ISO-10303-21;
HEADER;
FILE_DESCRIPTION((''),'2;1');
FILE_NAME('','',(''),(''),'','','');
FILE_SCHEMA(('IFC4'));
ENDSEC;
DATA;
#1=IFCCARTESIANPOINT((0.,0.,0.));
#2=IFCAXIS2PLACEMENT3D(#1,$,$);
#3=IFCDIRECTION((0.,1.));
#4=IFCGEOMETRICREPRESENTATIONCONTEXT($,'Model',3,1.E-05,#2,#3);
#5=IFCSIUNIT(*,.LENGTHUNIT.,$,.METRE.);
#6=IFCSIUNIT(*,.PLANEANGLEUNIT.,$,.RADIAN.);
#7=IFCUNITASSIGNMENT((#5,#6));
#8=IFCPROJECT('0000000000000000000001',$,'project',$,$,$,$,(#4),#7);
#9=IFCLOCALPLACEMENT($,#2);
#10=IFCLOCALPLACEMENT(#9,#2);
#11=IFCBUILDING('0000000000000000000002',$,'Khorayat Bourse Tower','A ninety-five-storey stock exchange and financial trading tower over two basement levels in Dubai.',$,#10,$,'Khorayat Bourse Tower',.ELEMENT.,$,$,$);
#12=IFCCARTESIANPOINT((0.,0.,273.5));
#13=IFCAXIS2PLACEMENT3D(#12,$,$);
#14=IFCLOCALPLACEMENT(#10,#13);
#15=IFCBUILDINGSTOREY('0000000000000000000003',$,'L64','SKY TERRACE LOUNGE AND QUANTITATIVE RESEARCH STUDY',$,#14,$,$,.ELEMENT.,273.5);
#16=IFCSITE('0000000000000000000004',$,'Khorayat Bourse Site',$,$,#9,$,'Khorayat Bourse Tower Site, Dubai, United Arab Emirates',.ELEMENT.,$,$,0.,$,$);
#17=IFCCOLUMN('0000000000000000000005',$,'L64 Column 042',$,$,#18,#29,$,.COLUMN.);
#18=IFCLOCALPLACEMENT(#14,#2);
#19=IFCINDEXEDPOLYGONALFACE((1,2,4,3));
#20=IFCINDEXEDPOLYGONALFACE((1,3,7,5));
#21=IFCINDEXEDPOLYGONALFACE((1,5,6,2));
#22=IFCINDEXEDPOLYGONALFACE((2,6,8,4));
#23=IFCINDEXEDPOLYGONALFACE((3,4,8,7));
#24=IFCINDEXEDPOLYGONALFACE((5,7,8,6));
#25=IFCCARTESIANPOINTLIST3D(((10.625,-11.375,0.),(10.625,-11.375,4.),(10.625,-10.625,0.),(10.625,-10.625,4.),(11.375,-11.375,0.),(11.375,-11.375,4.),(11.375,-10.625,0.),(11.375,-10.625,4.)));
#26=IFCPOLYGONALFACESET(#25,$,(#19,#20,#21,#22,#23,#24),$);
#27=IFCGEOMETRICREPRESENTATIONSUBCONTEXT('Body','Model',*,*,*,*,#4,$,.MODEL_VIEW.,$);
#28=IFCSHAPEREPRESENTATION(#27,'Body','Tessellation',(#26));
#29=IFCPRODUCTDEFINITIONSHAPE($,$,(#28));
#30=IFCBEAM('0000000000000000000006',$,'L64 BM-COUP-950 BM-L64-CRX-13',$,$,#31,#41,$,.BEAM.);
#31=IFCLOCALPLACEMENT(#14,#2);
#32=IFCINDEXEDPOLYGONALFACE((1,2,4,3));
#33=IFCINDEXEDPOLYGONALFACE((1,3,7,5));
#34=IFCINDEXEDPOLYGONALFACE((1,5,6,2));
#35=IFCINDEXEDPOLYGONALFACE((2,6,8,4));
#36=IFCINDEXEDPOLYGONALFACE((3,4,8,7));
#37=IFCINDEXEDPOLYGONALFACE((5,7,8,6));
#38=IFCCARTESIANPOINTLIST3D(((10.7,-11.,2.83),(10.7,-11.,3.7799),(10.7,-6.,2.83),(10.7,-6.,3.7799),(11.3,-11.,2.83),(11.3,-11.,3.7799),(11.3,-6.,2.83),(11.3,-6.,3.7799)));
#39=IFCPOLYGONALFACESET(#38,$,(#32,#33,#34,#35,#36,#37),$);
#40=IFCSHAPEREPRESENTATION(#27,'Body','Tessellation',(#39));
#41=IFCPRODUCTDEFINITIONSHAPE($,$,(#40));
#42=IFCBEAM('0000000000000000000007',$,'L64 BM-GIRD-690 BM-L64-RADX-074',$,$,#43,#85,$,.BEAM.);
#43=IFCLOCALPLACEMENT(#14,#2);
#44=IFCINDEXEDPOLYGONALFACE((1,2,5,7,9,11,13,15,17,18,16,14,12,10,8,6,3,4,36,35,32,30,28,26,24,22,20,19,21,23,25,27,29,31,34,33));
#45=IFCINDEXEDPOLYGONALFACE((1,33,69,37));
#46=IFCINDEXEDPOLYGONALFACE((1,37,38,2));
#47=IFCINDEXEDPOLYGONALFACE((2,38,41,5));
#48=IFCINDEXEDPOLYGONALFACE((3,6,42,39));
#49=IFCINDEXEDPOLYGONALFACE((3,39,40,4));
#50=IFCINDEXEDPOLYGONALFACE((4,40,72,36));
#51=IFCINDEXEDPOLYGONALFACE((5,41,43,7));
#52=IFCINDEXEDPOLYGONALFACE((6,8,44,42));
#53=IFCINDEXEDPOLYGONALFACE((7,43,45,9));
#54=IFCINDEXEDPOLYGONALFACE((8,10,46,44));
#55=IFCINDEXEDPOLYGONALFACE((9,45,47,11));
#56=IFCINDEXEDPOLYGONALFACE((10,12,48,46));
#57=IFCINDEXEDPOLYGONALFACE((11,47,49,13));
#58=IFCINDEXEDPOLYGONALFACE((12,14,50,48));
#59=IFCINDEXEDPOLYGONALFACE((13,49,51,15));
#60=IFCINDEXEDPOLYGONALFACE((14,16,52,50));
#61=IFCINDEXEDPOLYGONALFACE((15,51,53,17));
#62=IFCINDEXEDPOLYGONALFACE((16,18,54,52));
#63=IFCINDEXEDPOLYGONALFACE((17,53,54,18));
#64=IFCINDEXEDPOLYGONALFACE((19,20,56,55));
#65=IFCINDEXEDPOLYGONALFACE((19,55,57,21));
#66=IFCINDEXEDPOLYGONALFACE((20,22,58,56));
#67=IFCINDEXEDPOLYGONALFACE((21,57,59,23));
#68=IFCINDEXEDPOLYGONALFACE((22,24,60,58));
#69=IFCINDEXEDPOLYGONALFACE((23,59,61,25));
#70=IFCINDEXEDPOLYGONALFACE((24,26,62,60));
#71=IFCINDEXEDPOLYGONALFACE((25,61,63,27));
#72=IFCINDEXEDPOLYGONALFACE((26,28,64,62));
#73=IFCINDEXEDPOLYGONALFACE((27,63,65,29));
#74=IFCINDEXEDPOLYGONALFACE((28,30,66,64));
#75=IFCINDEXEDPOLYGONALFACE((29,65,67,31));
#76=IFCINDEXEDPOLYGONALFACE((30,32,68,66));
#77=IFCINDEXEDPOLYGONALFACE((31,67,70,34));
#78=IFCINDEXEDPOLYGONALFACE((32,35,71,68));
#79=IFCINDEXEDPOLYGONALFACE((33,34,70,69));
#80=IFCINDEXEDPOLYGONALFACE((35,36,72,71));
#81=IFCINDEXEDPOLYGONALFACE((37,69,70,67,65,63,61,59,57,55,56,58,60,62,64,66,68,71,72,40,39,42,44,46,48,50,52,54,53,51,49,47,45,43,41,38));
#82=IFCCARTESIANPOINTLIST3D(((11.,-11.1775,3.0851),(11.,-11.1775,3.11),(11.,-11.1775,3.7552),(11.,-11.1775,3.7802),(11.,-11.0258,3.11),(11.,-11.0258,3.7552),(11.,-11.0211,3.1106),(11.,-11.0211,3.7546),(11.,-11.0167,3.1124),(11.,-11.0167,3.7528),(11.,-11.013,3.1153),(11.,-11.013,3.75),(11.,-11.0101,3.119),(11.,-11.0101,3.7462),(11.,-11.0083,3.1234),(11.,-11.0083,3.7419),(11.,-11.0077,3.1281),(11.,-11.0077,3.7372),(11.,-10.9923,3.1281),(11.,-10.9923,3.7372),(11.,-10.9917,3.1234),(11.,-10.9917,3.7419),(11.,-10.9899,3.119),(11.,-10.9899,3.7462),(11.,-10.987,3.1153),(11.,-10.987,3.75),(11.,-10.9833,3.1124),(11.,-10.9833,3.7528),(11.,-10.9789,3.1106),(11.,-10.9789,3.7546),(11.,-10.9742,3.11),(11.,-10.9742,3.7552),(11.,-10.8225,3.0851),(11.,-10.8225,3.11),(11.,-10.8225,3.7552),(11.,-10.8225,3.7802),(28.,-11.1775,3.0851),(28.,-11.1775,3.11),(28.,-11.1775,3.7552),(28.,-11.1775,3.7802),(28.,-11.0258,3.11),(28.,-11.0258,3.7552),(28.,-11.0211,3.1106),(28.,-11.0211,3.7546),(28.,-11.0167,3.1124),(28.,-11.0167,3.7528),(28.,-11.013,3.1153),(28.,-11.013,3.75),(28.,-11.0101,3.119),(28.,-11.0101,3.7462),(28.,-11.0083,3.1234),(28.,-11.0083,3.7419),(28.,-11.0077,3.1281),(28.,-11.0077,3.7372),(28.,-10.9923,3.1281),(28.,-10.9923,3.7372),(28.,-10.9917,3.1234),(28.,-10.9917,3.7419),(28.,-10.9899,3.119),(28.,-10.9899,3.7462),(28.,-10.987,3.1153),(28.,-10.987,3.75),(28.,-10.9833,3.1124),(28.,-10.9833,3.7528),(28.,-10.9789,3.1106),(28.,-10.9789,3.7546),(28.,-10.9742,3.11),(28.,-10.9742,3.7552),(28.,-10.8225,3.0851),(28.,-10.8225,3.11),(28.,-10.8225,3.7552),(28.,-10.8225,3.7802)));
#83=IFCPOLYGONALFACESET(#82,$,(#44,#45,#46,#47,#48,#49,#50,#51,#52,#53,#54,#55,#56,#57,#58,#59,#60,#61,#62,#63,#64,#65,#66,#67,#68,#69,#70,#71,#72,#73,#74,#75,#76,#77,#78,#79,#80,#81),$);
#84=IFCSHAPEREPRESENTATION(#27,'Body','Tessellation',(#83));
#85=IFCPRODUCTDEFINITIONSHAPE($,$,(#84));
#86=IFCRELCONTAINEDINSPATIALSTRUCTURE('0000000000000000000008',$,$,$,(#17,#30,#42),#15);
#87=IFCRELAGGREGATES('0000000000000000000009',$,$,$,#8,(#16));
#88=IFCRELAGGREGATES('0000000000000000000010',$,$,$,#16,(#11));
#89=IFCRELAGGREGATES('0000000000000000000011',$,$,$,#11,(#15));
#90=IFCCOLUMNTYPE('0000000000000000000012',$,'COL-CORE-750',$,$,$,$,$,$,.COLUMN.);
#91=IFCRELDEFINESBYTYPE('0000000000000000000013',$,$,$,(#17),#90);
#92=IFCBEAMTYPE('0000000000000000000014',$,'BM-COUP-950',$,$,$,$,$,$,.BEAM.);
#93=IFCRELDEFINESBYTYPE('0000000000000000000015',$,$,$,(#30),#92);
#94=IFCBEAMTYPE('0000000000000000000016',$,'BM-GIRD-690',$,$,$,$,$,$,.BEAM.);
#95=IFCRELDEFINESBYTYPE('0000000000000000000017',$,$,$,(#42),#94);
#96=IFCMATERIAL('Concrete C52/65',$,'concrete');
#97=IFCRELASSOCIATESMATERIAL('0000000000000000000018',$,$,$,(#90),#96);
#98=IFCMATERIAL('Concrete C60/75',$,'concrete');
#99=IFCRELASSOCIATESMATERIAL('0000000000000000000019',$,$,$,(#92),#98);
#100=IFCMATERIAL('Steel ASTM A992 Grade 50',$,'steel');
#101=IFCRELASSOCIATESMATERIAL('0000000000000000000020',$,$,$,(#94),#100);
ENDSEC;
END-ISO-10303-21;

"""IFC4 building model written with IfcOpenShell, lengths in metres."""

from ifc_helpers import new_model, si_unit, direction, frame, origin, origin_2d, place, context, subcontext, project, spatial, rectangle, i_section, extrude, source, transform, mapped, material, material_profile, profile_set, type_object, element, save


model = new_model("IFC4")

# Units and contexts
model_context = context("Model", 3, precision=1e-05, world=origin(), true_north=direction((0.0, 1.0)))
body_context = subcontext(model_context, "Body", "Model", "MODEL_VIEW")
ifc_project = project(units=[si_unit("LENGTHUNIT", "METRE"), si_unit("PLANEANGLEUNIT", "RADIAN")], contexts=[model_context])

# Site, building, storey
site_placement = place(None, origin())
site = spatial("IfcSite", under=ifc_project, at=site_placement, Name="Khorayat Bourse Site", LongName="Khorayat Bourse Tower Site, Dubai, United Arab Emirates", CompositionType="ELEMENT", RefElevation=0.0)
building_placement = place(site_placement, origin())
building = spatial("IfcBuilding", under=site, at=building_placement, Name="Khorayat Bourse Tower", Description="A ninety-five-storey stock exchange and financial trading tower over two basement levels in Dubai.", LongName="Khorayat Bourse Tower", CompositionType="ELEMENT")
storey_placement = place(building_placement, frame((0.0, 0.0, 273.5)))
storey = spatial("IfcBuildingStorey", under=building, at=storey_placement, Name="L64", Description="SKY TERRACE LOUNGE AND QUANTITATIVE RESEARCH STUDY", CompositionType="ELEMENT", Elevation=273.5)

# Column
ifc_material_1 = material(Name="Concrete C52/65", Category="concrete")
ifc_material_profile_1 = material_profile(ifc_material_1, rectangle(XDim=0.75, YDim=0.75, at=origin_2d()), Name="RC 750x750")
ifc_profile_set_1 = profile_set([ifc_material_profile_1], Name="Concrete C52/65")
column_type = type_object("IfcColumnType", Name="COL-CORE-750", PredefinedType="COLUMN", material=ifc_profile_set_1)
shared_shape_1 = source(origin(), body_context, "Body", "SweptSolid", [
    extrude(rectangle(XDim=0.75, YDim=0.75, at=origin_2d()), origin(), (0.0, 0.0, 1.0), 4.0),
])
column_placement = place(storey_placement, frame((11.0, -11.0, 0.0), z_axis=(0.0, 0.0, 1.0), x_axis=(1.0, 0.0, 0.0)))
element("IfcColumn", 1, at=column_placement, inside=storey, type_object=column_type, Name="L64 Column 042", PredefinedType="COLUMN", context=body_context, shape_type="MappedRepresentation", body=[
    mapped(shared_shape_1, transform((0.0, 0.0, 0.0), scale=1.0)),
])

# Beams
ifc_material_2 = material(Name="Concrete C60/75", Category="concrete")
ifc_material_profile_2 = material_profile(ifc_material_2, rectangle(XDim=0.6001, YDim=0.95, at=origin_2d()), Name="RC 600x950")
ifc_profile_set_2 = profile_set([ifc_material_profile_2], Name="Concrete C60/75")
beam_type_1 = type_object("IfcBeamType", Name="BM-COUP-950", PredefinedType="BEAM", material=ifc_profile_set_2)
shared_shape_2 = source(origin(), body_context, "Body", "SweptSolid", [
    extrude(rectangle(XDim=0.6001, YDim=0.95, at=origin_2d()), origin(), (0.0, 0.0, 1.0), 5.0),
])
beam_1_placement = place(storey_placement, frame((11.0, -11.0, 3.3049), z_axis=(0.0, 1.0, 0.0), x_axis=(-1.0, 0.0, 0.0)))
element("IfcBeam", 2, at=beam_1_placement, inside=storey, type_object=beam_type_1, Name="L64 BM-COUP-950 BM-L64-CRX-13", PredefinedType="BEAM", context=body_context, shape_type="MappedRepresentation", body=[
    mapped(shared_shape_2, transform((0.0, 0.0, 0.0), scale=1.0)),
])
ifc_material_3 = material(Name="Steel ASTM A992 Grade 50", Category="steel")
ifc_material_profile_3 = material_profile(ifc_material_3, i_section(OverallWidth=0.355, OverallDepth=0.6951, WebThickness=0.0154, FlangeThickness=0.0249, FilletRadius=0.0181, at=origin_2d()), Name="W690X217")
ifc_profile_set_3 = profile_set([ifc_material_profile_3], Name="Steel ASTM A992 Grade 50")
beam_type_2 = type_object("IfcBeamType", Name="BM-GIRD-690", PredefinedType="BEAM", material=ifc_profile_set_3)
shared_shape_3 = source(origin(), body_context, "Body", "SweptSolid", [
    extrude(i_section(OverallWidth=0.355, OverallDepth=0.6951, WebThickness=0.0154, FlangeThickness=0.0249, FilletRadius=0.0181, at=origin_2d()), origin(), (0.0, 0.0, 1.0), 17.0),
])
beam_2_placement = place(storey_placement, frame((11.0, -11.0, 3.4326), z_axis=(1.0, 0.0, 0.0), x_axis=(0.0, 1.0, 0.0)))
element("IfcBeam", 3, at=beam_2_placement, inside=storey, type_object=beam_type_2, Name="L64 BM-GIRD-690 BM-L64-RADX-074", PredefinedType="BEAM", context=body_context, shape_type="MappedRepresentation", body=[
    mapped(shared_shape_3, transform((0.0, 0.0, 0.0), scale=1.0)),
])

save(model, "model.ifc")
